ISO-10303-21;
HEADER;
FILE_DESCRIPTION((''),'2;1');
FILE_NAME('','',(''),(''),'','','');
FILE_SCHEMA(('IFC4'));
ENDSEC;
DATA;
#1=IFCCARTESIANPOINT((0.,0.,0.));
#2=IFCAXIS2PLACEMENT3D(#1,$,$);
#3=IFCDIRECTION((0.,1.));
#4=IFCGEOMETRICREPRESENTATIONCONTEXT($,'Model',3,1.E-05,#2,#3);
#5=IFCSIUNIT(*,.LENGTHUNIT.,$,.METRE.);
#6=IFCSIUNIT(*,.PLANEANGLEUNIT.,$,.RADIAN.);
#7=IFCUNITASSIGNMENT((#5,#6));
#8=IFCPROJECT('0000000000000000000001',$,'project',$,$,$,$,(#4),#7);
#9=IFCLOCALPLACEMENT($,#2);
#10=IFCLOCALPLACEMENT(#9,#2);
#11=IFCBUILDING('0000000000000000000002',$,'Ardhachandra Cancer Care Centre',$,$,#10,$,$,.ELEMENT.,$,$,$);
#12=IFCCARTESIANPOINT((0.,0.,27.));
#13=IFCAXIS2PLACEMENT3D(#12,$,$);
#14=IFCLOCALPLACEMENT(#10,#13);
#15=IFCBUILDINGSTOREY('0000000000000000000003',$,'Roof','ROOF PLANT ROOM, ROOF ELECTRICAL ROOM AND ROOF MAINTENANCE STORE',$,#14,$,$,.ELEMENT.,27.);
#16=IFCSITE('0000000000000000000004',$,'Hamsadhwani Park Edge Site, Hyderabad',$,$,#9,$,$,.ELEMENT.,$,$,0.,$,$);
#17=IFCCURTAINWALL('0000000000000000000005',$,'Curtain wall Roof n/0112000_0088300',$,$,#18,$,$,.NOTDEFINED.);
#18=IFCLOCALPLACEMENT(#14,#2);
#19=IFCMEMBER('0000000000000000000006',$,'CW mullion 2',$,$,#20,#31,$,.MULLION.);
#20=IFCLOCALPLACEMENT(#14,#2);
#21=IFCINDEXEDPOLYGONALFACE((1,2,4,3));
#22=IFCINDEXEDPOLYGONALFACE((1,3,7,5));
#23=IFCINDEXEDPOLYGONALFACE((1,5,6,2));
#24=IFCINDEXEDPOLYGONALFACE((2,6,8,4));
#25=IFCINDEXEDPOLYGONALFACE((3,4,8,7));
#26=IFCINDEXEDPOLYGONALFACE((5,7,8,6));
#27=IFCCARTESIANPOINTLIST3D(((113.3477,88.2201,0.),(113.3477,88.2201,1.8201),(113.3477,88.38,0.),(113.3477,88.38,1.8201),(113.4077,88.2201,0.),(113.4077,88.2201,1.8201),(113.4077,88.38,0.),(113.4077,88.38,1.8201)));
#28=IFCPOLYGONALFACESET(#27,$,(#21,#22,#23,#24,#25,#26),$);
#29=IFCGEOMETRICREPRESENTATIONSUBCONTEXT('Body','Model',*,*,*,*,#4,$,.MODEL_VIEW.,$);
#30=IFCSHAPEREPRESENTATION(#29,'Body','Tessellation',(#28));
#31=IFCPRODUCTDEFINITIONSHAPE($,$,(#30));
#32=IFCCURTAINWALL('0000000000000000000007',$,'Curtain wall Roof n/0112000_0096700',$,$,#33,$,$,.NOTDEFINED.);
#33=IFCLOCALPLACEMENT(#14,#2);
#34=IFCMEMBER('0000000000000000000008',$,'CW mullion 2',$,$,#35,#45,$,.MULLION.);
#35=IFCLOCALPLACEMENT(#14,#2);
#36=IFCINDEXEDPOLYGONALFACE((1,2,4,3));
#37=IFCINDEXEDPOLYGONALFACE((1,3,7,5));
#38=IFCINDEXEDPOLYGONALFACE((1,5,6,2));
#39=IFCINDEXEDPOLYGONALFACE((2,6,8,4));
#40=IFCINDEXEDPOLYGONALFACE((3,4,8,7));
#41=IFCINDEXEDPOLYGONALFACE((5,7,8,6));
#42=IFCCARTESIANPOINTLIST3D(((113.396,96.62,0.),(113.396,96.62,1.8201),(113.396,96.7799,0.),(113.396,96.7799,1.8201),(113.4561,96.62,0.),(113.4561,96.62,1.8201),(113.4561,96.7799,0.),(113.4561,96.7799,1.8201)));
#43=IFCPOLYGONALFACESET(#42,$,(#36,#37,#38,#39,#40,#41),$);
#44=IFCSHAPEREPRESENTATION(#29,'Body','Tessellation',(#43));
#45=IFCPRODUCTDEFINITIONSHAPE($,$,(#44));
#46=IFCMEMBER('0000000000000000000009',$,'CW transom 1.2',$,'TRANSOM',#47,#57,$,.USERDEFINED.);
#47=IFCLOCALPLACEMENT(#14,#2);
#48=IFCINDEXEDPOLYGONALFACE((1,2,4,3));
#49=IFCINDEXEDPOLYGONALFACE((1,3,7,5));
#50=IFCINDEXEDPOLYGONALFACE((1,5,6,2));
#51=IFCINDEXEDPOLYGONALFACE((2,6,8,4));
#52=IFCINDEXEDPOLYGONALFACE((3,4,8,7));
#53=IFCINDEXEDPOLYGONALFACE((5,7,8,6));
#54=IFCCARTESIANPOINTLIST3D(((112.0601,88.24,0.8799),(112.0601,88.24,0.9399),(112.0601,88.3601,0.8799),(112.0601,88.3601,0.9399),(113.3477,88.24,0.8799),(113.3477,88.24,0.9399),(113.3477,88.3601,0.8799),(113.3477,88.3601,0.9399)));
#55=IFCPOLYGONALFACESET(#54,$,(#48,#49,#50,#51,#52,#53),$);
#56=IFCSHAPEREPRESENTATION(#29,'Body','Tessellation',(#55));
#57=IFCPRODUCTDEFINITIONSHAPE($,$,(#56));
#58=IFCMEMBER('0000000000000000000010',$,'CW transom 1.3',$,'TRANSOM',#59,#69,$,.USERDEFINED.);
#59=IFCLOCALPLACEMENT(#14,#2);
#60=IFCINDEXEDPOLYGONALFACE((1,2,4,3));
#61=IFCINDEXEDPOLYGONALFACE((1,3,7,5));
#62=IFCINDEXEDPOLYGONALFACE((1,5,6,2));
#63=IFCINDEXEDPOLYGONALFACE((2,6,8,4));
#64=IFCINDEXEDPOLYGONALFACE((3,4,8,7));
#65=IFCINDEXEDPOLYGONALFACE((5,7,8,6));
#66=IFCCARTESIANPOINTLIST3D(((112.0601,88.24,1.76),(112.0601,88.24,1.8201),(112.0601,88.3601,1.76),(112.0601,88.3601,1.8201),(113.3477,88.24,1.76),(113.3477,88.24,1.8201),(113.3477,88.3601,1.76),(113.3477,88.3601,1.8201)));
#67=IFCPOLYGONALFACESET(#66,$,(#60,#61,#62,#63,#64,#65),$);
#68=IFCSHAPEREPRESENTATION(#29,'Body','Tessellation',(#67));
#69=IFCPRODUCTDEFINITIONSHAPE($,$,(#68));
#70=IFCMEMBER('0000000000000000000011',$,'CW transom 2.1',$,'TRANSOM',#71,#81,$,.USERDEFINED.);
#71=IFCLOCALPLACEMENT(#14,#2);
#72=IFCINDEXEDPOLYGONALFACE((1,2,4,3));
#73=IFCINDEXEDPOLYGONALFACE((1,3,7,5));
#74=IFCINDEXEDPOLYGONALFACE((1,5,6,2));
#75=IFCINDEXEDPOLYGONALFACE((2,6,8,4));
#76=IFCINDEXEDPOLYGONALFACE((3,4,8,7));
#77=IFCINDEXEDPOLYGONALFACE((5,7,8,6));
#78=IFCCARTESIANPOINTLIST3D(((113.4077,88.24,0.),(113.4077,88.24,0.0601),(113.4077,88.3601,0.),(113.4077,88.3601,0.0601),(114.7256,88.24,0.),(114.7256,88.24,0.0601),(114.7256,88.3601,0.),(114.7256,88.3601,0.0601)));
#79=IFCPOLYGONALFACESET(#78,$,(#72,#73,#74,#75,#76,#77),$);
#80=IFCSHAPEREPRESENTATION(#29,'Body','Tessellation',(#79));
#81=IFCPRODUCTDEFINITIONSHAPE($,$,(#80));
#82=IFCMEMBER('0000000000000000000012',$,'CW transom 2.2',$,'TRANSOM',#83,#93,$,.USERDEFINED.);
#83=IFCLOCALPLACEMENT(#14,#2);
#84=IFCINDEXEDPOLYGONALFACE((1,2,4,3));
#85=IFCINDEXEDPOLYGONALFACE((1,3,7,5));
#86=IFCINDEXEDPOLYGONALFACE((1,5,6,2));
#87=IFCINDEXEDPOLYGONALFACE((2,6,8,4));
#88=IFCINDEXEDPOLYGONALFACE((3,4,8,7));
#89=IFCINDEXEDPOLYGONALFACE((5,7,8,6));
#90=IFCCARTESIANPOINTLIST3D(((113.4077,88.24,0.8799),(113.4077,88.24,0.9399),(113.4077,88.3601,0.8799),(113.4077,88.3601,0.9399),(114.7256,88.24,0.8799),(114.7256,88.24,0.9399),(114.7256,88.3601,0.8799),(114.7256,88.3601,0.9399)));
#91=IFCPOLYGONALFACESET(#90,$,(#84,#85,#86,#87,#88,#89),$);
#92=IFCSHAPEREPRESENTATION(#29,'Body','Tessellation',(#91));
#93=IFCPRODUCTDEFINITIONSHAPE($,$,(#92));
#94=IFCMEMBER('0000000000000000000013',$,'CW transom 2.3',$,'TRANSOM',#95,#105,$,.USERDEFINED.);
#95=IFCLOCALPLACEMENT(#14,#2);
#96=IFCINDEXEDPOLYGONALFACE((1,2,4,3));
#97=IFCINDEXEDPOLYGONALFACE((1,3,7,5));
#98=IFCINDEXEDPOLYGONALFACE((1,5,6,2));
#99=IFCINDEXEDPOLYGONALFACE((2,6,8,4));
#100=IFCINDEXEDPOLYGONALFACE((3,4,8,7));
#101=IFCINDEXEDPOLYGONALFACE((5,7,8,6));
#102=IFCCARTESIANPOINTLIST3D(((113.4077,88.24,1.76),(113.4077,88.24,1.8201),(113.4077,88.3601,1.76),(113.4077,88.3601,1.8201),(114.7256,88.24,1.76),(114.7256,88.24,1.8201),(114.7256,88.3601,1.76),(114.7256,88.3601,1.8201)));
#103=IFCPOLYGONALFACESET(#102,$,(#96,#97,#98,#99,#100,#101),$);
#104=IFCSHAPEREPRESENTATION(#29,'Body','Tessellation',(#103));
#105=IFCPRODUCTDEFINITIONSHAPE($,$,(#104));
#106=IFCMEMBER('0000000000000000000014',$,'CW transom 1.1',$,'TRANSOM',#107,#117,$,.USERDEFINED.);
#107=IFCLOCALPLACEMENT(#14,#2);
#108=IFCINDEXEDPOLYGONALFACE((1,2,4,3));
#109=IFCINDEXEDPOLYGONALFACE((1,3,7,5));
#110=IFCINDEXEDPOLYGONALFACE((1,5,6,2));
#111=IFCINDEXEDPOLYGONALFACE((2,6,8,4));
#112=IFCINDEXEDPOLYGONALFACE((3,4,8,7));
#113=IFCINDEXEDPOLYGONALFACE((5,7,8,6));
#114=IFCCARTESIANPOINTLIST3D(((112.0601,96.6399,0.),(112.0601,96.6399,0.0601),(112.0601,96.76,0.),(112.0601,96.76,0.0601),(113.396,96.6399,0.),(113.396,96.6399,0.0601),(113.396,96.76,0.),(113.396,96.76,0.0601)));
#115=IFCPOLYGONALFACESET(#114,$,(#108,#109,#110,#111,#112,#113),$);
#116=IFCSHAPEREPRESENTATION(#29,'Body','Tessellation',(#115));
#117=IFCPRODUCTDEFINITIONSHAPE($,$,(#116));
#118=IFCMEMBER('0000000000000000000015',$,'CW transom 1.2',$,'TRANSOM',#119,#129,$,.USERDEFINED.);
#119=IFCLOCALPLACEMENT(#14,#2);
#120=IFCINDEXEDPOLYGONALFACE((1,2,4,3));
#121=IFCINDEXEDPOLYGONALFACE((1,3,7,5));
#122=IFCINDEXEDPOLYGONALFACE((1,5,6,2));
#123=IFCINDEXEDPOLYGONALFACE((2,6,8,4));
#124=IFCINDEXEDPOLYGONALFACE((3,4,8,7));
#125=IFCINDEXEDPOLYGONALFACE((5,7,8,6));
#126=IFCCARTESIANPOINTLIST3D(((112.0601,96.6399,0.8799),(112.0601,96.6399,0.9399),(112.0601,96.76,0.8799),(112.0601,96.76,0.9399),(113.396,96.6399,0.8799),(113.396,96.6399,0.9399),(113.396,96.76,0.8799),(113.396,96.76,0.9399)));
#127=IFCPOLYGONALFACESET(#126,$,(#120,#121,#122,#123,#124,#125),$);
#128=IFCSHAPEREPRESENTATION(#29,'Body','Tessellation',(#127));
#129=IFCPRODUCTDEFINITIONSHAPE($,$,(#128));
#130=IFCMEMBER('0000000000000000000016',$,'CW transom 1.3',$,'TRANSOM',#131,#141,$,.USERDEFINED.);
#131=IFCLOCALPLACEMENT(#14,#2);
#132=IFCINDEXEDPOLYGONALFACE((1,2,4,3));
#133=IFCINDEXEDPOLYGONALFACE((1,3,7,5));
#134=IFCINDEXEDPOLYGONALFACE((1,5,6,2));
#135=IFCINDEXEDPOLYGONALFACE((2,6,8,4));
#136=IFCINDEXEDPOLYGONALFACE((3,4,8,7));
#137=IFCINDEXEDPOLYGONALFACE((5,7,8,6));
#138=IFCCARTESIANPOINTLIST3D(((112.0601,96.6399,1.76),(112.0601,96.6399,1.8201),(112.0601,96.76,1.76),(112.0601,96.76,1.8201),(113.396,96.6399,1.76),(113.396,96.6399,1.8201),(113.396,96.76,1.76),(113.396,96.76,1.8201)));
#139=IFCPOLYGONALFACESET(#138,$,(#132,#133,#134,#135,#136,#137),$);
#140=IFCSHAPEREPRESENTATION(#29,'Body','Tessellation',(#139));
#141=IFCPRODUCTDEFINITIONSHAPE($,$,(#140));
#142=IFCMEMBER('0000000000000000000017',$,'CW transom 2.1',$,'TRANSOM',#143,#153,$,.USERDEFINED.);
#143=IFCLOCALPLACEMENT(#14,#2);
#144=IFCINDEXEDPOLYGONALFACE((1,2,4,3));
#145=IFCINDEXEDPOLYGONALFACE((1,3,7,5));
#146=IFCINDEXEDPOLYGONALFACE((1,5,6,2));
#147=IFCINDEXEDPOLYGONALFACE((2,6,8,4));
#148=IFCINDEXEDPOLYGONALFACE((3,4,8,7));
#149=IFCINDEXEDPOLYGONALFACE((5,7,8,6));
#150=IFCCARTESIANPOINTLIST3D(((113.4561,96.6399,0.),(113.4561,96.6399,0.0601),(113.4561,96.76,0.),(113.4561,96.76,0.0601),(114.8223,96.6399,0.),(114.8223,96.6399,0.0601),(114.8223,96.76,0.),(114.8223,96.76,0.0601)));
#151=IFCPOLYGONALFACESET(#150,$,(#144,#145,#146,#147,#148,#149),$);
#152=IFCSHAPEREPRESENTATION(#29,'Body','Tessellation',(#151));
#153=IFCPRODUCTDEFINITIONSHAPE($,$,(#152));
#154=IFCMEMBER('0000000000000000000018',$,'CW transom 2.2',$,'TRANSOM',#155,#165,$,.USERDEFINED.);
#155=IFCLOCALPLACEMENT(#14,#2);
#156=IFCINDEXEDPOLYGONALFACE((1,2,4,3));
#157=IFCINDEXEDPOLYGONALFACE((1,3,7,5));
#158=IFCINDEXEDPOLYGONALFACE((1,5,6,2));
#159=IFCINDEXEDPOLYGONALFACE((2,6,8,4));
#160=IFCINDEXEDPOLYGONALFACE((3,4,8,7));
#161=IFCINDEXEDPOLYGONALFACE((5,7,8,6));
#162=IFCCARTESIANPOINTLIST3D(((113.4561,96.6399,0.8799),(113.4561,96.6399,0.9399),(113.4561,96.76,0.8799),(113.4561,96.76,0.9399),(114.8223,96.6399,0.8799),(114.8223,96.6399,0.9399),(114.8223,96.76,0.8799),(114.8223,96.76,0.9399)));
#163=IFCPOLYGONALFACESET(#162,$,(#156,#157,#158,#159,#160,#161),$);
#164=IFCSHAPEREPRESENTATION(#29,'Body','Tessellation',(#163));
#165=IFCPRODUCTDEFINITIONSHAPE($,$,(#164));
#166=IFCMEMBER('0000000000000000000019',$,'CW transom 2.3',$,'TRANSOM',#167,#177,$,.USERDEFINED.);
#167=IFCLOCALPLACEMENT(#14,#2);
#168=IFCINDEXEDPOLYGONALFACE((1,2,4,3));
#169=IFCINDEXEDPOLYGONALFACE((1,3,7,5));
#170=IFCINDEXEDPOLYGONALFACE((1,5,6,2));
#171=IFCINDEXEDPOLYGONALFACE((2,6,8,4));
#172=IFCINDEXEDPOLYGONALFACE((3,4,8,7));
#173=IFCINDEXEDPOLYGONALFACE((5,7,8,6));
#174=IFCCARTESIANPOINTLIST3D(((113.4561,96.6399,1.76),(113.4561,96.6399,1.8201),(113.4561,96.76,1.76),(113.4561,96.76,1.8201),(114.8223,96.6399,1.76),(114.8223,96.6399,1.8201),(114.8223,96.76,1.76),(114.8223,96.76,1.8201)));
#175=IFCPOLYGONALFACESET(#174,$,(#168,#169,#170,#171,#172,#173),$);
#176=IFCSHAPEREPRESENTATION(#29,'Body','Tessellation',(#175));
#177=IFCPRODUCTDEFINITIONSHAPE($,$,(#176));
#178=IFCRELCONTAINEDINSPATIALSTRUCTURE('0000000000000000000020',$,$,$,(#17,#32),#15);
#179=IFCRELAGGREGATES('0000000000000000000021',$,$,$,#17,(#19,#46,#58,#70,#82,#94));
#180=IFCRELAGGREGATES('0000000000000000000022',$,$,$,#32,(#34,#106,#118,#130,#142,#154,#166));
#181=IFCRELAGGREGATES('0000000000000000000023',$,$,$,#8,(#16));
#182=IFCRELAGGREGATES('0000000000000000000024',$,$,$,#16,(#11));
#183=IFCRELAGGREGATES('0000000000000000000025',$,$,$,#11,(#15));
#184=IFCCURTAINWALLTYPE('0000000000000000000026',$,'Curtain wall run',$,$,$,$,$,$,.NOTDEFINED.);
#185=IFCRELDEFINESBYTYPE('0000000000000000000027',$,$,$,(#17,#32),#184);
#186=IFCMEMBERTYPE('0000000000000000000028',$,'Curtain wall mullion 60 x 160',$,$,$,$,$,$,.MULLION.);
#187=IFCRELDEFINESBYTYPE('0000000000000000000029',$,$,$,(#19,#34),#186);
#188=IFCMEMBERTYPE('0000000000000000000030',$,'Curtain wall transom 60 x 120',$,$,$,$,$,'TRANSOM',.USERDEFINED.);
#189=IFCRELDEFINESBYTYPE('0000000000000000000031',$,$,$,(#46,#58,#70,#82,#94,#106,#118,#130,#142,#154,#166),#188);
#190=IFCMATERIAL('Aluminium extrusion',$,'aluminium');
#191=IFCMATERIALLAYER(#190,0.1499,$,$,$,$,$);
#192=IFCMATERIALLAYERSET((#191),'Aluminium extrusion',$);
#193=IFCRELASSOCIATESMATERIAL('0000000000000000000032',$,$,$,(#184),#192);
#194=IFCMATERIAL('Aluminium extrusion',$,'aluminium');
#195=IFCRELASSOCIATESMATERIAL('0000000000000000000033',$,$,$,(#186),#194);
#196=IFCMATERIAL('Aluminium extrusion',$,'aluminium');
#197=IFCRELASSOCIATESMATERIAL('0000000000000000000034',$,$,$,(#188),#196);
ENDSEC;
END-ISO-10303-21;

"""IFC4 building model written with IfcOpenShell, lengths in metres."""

from ifc_helpers import new_model, si_unit, direction, frame, origin, origin_2d, place, context, subcontext, project, spatial, rectangle, extrude, material, layer, layer_set, material_profile, profile_set, type_object, element, aggregate, save


model = new_model("IFC4")

# Units and contexts
model_context = context("Model", 3, precision=1e-05, world=origin(), true_north=direction((0.0, 1.0)))
body_context = subcontext(model_context, "Body", "Model", "MODEL_VIEW")
ifc_project = project(units=[si_unit("LENGTHUNIT", "METRE"), si_unit("PLANEANGLEUNIT", "RADIAN")], contexts=[model_context])

# Site, building, storey
site_placement = place(None, origin())
site = spatial("IfcSite", under=ifc_project, at=site_placement, Name="Hamsadhwani Park Edge Site, Hyderabad", CompositionType="ELEMENT", RefElevation=0.0)
building_placement = place(site_placement, origin())
building = spatial("IfcBuilding", under=site, at=building_placement, Name="Ardhachandra Cancer Care Centre", CompositionType="ELEMENT")
storey_placement = place(building_placement, frame((0.0, 0.0, 27.0)))
storey = spatial("IfcBuildingStorey", under=building, at=storey_placement, Name="Roof", Description="ROOF PLANT ROOM, ROOF ELECTRICAL ROOM AND ROOF MAINTENANCE STORE", CompositionType="ELEMENT", Elevation=27.0)

# Curtain walls, members
ifc_material_1 = material(Name="Aluminium extrusion", Category="aluminium")
ifc_layer_1 = layer(ifc_material_1, 0.1499)
ifc_layer_set_1 = layer_set([ifc_layer_1], Name="Aluminium extrusion")
curtain_wall_type = type_object("IfcCurtainWallType", Name="Curtain wall run", PredefinedType="NOTDEFINED", material=ifc_layer_set_1)
curtain_wall_1_placement = place(storey_placement, origin())
curtain_wall_1 = element("IfcCurtainWall", 1, at=curtain_wall_1_placement, inside=storey, type_object=curtain_wall_type, Name="Curtain wall Roof n/0112000_0088300", PredefinedType="NOTDEFINED")
ifc_material_2 = material(Name="Aluminium extrusion", Category="aluminium")
ifc_material_profile_1 = material_profile(ifc_material_2, rectangle(XDim=0.1599, YDim=0.0601, at=origin_2d()), Name="Curtain wall mullion 60 x 160")
ifc_profile_set_1 = profile_set([ifc_material_profile_1], Name="Aluminium extrusion")
member_type_1 = type_object("IfcMemberType", Name="Curtain wall mullion 60 x 160", PredefinedType="MULLION", material=ifc_profile_set_1)
member_1_placement = place(storey_placement, frame((113.3777, 88.3, 0.0), z_axis=(0.0, 0.0, 1.0), x_axis=(0.0, 1.0, 0.0)))
member_1 = element("IfcMember", 2, at=member_1_placement, type_object=member_type_1, Name="CW mullion 2", PredefinedType="MULLION", context=body_context, shape_type="SweptSolid", body=[
    extrude(rectangle(XDim=0.1599, YDim=0.0601, at=origin_2d()), origin(), (0.0, 0.0, 1.0), 1.8201),
])
curtain_wall_2_placement = place(storey_placement, origin())
curtain_wall_2 = element("IfcCurtainWall", 3, at=curtain_wall_2_placement, inside=storey, type_object=curtain_wall_type, Name="Curtain wall Roof n/0112000_0096700", PredefinedType="NOTDEFINED")
member_2_placement = place(storey_placement, frame((113.426, 96.7, 0.0), z_axis=(0.0, 0.0, 1.0), x_axis=(0.0, 1.0, 0.0)))
member_2 = element("IfcMember", 4, at=member_2_placement, type_object=member_type_1, Name="CW mullion 2", PredefinedType="MULLION", context=body_context, shape_type="SweptSolid", body=[
    extrude(rectangle(XDim=0.1599, YDim=0.0601, at=origin_2d()), origin(), (0.0, 0.0, 1.0), 1.8201),
])

# Members
ifc_material_3 = material(Name="Aluminium extrusion", Category="aluminium")
ifc_material_profile_2 = material_profile(ifc_material_3, rectangle(XDim=0.1201, YDim=0.0601, at=origin_2d()), Name="Curtain wall transom 60 x 120")
ifc_profile_set_2 = profile_set([ifc_material_profile_2], Name="Aluminium extrusion")
member_type_2 = type_object("IfcMemberType", Name="Curtain wall transom 60 x 120", ElementType="TRANSOM", PredefinedType="USERDEFINED", material=ifc_profile_set_2)
member_3_placement = place(storey_placement, frame((112.0601, 88.3, 0.9099), z_axis=(1.0, 0.0, 0.0), x_axis=(0.0, 1.0, 0.0)))
member_3 = element("IfcMember", 5, at=member_3_placement, type_object=member_type_2, Name="CW transom 1.2", ObjectType="TRANSOM", PredefinedType="USERDEFINED", context=body_context, shape_type="SweptSolid", body=[
    extrude(rectangle(XDim=0.1201, YDim=0.0601, at=origin_2d()), origin(), (0.0, 0.0, 1.0), 1.2876),
])
member_4_placement = place(storey_placement, frame((112.0601, 88.3, 1.79), z_axis=(1.0, 0.0, 0.0), x_axis=(0.0, 1.0, 0.0)))
member_4 = element("IfcMember", 6, at=member_4_placement, type_object=member_type_2, Name="CW transom 1.3", ObjectType="TRANSOM", PredefinedType="USERDEFINED", context=body_context, shape_type="SweptSolid", body=[
    extrude(rectangle(XDim=0.1201, YDim=0.0601, at=origin_2d()), origin(), (0.0, 0.0, 1.0), 1.2876),
])
member_5_placement = place(storey_placement, frame((113.4077, 88.3, 0.03), z_axis=(1.0, 0.0, 0.0), x_axis=(0.0, 1.0, 0.0)))
member_5 = element("IfcMember", 7, at=member_5_placement, type_object=member_type_2, Name="CW transom 2.1", ObjectType="TRANSOM", PredefinedType="USERDEFINED", context=body_context, shape_type="SweptSolid", body=[
    extrude(rectangle(XDim=0.1201, YDim=0.0601, at=origin_2d()), origin(), (0.0, 0.0, 1.0), 1.3179),
])
member_6_placement = place(storey_placement, frame((113.4077, 88.3, 0.9099), z_axis=(1.0, 0.0, 0.0), x_axis=(0.0, 1.0, 0.0)))
member_6 = element("IfcMember", 8, at=member_6_placement, type_object=member_type_2, Name="CW transom 2.2", ObjectType="TRANSOM", PredefinedType="USERDEFINED", context=body_context, shape_type="SweptSolid", body=[
    extrude(rectangle(XDim=0.1201, YDim=0.0601, at=origin_2d()), origin(), (0.0, 0.0, 1.0), 1.3179),
])
member_7_placement = place(storey_placement, frame((113.4077, 88.3, 1.79), z_axis=(1.0, 0.0, 0.0), x_axis=(0.0, 1.0, 0.0)))
member_7 = element("IfcMember", 9, at=member_7_placement, type_object=member_type_2, Name="CW transom 2.3", ObjectType="TRANSOM", PredefinedType="USERDEFINED", context=body_context, shape_type="SweptSolid", body=[
    extrude(rectangle(XDim=0.1201, YDim=0.0601, at=origin_2d()), origin(), (0.0, 0.0, 1.0), 1.3179),
])
member_8_placement = place(storey_placement, frame((112.0601, 96.7, 0.03), z_axis=(1.0, 0.0, 0.0), x_axis=(0.0, 1.0, 0.0)))
member_8 = element("IfcMember", 10, at=member_8_placement, type_object=member_type_2, Name="CW transom 1.1", ObjectType="TRANSOM", PredefinedType="USERDEFINED", context=body_context, shape_type="SweptSolid", body=[
    extrude(rectangle(XDim=0.1201, YDim=0.0601, at=origin_2d()), origin(), (0.0, 0.0, 1.0), 1.3359),
])
member_9_placement = place(storey_placement, frame((112.0601, 96.7, 0.9099), z_axis=(1.0, 0.0, 0.0), x_axis=(0.0, 1.0, 0.0)))
member_9 = element("IfcMember", 11, at=member_9_placement, type_object=member_type_2, Name="CW transom 1.2", ObjectType="TRANSOM", PredefinedType="USERDEFINED", context=body_context, shape_type="SweptSolid", body=[
    extrude(rectangle(XDim=0.1201, YDim=0.0601, at=origin_2d()), origin(), (0.0, 0.0, 1.0), 1.3359),
])
member_10_placement = place(storey_placement, frame((112.0601, 96.7, 1.79), z_axis=(1.0, 0.0, 0.0), x_axis=(0.0, 1.0, 0.0)))
member_10 = element("IfcMember", 12, at=member_10_placement, type_object=member_type_2, Name="CW transom 1.3", ObjectType="TRANSOM", PredefinedType="USERDEFINED", context=body_context, shape_type="SweptSolid", body=[
    extrude(rectangle(XDim=0.1201, YDim=0.0601, at=origin_2d()), origin(), (0.0, 0.0, 1.0), 1.3359),
])
member_11_placement = place(storey_placement, frame((113.4561, 96.7, 0.03), z_axis=(1.0, 0.0, 0.0), x_axis=(0.0, 1.0, 0.0)))
member_11 = element("IfcMember", 13, at=member_11_placement, type_object=member_type_2, Name="CW transom 2.1", ObjectType="TRANSOM", PredefinedType="USERDEFINED", context=body_context, shape_type="SweptSolid", body=[
    extrude(rectangle(XDim=0.1201, YDim=0.0601, at=origin_2d()), origin(), (0.0, 0.0, 1.0), 1.3662),
])
member_12_placement = place(storey_placement, frame((113.4561, 96.7, 0.9099), z_axis=(1.0, 0.0, 0.0), x_axis=(0.0, 1.0, 0.0)))
member_12 = element("IfcMember", 14, at=member_12_placement, type_object=member_type_2, Name="CW transom 2.2", ObjectType="TRANSOM", PredefinedType="USERDEFINED", context=body_context, shape_type="SweptSolid", body=[
    extrude(rectangle(XDim=0.1201, YDim=0.0601, at=origin_2d()), origin(), (0.0, 0.0, 1.0), 1.3662),
])
member_13_placement = place(storey_placement, frame((113.4561, 96.7, 1.79), z_axis=(1.0, 0.0, 0.0), x_axis=(0.0, 1.0, 0.0)))
member_13 = element("IfcMember", 15, at=member_13_placement, type_object=member_type_2, Name="CW transom 2.3", ObjectType="TRANSOM", PredefinedType="USERDEFINED", context=body_context, shape_type="SweptSolid", body=[
    extrude(rectangle(XDim=0.1201, YDim=0.0601, at=origin_2d()), origin(), (0.0, 0.0, 1.0), 1.3662),
])

aggregate(curtain_wall_1, [member_1, member_3, member_4, member_5, member_6, member_7])
aggregate(curtain_wall_2, [member_2, member_8, member_9, member_10, member_11, member_12, member_13])

save(model, "model.ifc")
